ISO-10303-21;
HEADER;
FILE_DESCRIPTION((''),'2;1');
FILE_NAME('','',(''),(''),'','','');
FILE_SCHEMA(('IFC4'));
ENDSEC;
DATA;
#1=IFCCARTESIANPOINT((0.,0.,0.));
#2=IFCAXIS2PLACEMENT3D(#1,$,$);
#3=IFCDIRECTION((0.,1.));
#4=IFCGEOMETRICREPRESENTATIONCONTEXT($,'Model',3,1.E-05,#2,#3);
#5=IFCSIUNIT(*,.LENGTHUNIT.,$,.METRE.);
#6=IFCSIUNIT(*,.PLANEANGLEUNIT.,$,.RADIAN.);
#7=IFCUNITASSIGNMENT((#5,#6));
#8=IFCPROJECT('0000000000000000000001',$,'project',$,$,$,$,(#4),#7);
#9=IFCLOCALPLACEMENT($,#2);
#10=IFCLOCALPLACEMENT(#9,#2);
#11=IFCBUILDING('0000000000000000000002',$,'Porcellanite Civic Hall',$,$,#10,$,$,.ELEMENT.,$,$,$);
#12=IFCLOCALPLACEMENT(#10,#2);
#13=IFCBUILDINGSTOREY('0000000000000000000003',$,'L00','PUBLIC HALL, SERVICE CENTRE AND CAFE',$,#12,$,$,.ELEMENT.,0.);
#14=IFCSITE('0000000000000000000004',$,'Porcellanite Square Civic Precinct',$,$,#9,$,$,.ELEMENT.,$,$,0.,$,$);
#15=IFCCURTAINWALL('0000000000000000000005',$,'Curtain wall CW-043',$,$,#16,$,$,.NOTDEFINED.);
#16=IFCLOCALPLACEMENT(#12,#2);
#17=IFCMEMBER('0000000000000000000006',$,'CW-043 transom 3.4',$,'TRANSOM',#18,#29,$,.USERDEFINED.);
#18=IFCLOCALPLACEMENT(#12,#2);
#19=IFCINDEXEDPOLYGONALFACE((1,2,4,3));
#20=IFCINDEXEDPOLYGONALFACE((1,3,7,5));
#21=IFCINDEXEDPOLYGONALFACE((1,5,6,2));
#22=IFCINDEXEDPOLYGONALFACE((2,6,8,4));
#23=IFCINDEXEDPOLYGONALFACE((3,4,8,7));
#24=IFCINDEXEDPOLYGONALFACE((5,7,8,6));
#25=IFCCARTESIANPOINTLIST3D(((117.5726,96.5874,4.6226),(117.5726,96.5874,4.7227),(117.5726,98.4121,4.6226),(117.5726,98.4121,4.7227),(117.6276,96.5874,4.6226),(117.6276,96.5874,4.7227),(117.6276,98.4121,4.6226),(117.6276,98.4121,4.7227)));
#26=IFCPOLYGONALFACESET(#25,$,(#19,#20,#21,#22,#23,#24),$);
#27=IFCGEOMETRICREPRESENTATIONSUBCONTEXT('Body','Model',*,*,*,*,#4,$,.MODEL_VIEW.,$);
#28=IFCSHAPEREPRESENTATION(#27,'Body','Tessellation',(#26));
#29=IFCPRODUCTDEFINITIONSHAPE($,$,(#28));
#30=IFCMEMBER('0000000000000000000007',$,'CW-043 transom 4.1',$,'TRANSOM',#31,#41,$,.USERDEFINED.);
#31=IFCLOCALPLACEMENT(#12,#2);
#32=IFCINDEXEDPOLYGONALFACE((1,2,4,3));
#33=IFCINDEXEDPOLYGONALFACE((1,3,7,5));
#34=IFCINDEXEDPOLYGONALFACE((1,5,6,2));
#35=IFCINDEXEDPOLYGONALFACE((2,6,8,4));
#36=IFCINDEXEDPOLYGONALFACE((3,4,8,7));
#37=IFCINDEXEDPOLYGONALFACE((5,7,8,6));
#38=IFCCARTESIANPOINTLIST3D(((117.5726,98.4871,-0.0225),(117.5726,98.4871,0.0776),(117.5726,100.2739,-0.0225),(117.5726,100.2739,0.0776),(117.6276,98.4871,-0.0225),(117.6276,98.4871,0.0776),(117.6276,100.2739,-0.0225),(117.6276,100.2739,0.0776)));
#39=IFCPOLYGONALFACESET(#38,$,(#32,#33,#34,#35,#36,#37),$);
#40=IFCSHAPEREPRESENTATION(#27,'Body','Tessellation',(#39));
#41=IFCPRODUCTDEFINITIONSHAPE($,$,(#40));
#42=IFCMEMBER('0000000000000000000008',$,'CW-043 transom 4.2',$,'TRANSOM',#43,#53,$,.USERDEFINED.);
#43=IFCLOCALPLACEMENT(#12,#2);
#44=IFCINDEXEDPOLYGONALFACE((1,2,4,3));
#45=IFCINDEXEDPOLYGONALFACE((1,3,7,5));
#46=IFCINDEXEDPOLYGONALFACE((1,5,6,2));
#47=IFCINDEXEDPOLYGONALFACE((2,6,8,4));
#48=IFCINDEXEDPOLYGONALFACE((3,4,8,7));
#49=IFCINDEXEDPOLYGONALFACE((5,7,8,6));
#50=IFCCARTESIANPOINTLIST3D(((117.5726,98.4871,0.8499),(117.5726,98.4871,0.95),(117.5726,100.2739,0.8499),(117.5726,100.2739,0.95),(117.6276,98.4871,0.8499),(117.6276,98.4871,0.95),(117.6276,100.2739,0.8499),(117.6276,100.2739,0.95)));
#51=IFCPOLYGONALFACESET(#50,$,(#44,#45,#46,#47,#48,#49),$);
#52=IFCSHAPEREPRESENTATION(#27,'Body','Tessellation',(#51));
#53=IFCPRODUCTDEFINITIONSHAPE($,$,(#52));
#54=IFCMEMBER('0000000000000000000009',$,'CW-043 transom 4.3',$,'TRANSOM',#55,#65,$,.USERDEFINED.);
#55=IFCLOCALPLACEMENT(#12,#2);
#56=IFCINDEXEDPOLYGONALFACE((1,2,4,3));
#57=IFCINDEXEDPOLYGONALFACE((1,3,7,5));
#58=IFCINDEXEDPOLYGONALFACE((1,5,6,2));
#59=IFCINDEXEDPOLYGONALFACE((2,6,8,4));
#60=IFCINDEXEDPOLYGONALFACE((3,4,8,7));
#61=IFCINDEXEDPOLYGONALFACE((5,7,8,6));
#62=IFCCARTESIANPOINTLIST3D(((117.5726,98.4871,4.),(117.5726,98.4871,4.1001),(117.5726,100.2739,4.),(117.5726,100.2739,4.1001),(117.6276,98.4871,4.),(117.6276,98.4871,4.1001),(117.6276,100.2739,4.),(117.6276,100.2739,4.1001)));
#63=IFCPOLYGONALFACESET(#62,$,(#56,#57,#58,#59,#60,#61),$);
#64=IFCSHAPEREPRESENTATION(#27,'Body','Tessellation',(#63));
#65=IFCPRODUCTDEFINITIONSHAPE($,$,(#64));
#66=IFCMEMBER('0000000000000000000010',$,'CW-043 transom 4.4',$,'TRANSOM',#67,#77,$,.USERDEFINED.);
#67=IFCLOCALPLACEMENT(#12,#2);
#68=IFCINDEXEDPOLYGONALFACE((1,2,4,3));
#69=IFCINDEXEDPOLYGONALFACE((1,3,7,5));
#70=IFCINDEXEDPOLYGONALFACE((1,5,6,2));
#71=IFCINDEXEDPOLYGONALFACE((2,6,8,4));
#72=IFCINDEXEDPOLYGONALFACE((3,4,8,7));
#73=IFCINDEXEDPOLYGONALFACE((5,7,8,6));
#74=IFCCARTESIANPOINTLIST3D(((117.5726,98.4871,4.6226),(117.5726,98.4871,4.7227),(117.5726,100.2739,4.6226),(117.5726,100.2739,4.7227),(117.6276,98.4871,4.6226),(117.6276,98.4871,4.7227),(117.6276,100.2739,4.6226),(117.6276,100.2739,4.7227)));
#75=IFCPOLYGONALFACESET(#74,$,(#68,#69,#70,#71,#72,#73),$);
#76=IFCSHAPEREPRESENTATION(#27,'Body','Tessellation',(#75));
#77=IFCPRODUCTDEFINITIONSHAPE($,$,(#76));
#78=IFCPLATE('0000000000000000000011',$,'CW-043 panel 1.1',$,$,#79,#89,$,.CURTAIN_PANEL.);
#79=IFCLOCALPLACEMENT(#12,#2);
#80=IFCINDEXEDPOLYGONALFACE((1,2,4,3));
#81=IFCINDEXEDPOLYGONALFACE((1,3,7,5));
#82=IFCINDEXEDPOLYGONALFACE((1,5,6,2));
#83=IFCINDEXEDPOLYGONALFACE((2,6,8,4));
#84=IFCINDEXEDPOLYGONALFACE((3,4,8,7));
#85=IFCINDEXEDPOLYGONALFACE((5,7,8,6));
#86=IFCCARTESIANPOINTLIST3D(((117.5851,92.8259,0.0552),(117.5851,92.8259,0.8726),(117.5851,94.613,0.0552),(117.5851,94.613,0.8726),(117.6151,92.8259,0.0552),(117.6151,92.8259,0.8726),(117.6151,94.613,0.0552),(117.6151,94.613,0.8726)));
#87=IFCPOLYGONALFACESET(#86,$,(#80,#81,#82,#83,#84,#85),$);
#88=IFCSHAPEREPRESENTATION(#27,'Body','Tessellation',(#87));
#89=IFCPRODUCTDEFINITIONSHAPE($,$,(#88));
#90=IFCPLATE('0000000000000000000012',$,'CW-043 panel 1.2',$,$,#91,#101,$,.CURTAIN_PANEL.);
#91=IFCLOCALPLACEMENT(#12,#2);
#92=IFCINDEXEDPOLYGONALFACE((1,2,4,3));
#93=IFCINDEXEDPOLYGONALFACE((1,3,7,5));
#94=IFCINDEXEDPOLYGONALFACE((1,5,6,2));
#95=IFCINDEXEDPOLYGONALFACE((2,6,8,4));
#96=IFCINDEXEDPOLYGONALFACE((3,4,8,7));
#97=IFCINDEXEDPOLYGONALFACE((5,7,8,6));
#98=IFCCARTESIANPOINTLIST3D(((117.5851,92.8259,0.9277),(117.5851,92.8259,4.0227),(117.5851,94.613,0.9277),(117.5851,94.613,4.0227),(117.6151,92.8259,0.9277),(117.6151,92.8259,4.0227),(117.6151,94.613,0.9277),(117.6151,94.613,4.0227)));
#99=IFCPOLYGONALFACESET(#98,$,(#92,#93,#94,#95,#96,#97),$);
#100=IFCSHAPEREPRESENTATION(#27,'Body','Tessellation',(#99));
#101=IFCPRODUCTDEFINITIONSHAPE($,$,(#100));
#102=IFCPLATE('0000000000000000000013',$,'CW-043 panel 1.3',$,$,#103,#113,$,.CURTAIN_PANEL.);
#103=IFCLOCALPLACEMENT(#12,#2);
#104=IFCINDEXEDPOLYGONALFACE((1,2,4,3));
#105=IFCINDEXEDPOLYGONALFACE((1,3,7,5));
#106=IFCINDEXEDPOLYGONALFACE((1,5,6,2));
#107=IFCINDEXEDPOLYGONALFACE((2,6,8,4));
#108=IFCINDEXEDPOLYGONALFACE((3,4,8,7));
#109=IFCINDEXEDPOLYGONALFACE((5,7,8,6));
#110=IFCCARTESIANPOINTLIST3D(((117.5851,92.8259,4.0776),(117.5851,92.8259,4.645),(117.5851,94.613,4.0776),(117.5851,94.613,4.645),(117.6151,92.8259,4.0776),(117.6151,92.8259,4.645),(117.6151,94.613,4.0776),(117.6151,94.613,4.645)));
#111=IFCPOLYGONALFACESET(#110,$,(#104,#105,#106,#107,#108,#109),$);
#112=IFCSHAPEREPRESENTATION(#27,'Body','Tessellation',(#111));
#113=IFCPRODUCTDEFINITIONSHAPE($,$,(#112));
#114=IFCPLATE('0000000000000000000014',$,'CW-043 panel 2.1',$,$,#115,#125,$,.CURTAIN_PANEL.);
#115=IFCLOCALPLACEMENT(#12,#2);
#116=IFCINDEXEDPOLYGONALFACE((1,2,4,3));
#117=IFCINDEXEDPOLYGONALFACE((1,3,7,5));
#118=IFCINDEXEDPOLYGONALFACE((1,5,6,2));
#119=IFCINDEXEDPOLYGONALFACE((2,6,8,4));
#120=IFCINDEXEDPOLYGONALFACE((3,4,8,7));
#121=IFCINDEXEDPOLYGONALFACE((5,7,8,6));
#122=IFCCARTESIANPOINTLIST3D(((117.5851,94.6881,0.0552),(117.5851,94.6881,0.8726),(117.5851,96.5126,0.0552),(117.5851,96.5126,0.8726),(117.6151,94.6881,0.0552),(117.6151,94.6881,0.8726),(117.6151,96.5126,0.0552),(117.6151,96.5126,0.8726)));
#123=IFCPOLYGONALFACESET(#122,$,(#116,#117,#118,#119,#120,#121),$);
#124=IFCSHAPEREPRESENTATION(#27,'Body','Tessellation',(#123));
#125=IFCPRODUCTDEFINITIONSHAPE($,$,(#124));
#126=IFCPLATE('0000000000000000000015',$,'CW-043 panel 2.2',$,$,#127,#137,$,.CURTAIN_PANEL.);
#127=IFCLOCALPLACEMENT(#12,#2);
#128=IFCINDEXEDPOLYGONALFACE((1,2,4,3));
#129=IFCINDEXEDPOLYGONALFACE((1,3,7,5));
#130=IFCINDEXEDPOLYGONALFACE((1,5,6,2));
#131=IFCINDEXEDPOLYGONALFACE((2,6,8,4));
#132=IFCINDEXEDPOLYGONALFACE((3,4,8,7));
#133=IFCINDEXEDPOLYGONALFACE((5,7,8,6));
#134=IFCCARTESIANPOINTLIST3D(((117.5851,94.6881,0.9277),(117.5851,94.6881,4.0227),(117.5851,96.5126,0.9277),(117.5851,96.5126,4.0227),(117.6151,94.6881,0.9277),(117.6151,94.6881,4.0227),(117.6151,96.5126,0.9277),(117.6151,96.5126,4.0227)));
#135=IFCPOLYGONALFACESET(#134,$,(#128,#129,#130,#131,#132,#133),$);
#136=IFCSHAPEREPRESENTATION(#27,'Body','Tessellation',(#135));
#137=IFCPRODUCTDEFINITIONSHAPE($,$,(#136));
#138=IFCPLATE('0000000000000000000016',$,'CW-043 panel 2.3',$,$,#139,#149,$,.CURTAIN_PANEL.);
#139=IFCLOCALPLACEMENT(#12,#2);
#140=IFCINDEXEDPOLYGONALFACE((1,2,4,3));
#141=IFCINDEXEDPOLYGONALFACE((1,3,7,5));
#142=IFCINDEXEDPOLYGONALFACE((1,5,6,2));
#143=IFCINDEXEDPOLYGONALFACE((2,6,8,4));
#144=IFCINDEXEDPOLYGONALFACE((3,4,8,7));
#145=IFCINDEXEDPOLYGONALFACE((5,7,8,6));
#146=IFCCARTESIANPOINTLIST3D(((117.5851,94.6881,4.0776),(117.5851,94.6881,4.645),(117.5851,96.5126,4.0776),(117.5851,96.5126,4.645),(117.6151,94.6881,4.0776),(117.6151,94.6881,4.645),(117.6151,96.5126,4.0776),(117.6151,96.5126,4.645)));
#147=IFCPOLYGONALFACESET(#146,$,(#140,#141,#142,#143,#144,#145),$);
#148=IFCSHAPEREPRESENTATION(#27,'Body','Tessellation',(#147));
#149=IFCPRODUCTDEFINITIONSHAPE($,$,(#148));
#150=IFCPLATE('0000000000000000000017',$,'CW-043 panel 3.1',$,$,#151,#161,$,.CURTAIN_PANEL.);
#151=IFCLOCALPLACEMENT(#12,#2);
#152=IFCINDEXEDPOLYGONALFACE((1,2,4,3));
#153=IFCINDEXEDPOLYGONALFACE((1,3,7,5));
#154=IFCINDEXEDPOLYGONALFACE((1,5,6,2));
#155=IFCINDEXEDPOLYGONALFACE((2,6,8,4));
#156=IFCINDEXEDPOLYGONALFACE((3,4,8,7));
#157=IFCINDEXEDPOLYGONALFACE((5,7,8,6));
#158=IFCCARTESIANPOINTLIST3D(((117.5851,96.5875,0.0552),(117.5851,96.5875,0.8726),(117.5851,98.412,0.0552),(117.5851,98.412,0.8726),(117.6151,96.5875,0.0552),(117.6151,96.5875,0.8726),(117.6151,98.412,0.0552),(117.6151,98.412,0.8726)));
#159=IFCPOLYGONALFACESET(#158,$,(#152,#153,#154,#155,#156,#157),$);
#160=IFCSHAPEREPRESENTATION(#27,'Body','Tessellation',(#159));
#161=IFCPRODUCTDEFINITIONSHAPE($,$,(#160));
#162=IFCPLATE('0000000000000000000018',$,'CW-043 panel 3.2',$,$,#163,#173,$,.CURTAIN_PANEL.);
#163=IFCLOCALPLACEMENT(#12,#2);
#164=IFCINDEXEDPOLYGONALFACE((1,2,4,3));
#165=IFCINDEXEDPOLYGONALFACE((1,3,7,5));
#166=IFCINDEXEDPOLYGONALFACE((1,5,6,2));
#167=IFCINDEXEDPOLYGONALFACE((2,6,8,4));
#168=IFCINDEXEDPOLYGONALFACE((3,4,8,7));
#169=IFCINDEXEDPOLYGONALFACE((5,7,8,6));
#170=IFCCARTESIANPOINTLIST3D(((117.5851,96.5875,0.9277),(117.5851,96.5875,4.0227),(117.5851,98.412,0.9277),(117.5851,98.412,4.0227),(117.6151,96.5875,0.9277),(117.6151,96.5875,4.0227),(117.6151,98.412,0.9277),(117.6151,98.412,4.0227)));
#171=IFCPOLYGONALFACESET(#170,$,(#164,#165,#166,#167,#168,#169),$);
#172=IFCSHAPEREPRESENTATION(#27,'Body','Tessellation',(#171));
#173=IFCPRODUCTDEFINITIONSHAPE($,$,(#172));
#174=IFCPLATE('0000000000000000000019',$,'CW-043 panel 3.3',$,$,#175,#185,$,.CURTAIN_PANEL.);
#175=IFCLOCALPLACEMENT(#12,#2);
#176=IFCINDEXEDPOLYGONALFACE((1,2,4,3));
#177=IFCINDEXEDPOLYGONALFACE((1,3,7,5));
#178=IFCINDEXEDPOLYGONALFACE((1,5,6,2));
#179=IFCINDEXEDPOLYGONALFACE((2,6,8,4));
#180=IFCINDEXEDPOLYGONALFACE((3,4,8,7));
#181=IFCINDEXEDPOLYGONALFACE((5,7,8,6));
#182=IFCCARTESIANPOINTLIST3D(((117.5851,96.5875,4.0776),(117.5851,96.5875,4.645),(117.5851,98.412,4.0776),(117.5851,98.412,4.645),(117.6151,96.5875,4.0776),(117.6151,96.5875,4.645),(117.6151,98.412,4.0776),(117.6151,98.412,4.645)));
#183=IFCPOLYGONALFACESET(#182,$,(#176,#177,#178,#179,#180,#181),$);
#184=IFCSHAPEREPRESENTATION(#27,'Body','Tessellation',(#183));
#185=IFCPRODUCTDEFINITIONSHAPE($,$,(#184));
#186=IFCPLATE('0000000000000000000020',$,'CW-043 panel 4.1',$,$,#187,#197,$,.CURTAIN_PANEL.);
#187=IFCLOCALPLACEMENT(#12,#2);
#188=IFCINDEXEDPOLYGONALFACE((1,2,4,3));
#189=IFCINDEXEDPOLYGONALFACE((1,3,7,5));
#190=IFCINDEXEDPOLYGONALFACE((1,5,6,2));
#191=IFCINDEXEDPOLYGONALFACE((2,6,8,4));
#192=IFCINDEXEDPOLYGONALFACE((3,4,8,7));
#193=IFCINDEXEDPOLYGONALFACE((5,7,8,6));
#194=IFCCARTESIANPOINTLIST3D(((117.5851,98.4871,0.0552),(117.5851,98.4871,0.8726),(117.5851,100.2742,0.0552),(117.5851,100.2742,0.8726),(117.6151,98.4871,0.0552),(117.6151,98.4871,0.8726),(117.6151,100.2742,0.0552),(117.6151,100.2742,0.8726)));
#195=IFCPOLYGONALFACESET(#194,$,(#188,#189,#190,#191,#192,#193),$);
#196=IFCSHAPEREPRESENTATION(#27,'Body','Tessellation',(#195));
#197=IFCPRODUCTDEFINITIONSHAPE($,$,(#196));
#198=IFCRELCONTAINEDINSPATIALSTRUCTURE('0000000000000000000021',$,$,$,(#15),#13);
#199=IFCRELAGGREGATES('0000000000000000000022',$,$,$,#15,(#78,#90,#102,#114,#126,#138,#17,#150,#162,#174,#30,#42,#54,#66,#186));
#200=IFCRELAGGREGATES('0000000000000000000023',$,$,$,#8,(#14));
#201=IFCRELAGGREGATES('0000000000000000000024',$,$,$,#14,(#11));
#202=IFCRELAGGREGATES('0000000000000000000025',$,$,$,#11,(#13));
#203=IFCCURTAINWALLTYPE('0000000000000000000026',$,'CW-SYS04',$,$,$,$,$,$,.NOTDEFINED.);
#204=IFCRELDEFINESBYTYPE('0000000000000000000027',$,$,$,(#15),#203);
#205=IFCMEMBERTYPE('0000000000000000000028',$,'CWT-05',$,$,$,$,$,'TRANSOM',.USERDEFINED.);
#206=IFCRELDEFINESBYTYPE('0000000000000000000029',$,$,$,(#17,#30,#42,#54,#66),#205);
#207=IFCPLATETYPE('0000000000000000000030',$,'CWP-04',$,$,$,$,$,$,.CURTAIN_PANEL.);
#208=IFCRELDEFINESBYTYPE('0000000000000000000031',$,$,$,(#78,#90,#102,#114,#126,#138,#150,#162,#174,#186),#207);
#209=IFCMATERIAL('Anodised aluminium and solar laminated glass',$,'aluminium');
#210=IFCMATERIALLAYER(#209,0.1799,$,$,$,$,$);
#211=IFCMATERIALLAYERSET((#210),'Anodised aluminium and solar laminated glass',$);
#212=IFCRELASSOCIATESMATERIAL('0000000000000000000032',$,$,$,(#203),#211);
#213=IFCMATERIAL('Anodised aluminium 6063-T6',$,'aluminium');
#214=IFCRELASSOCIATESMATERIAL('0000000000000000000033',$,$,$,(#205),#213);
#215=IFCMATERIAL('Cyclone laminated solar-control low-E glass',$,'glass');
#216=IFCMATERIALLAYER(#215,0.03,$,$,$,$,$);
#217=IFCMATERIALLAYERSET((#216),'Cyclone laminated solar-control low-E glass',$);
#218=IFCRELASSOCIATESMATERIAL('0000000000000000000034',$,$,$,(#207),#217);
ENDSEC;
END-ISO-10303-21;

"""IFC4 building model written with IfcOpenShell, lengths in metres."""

from ifc_helpers import new_model, si_unit, direction, frame, origin, origin_2d, place, context, subcontext, project, spatial, rectangle, extrude, material, layer, layer_set, material_profile, profile_set, type_object, element, aggregate, save


model = new_model("IFC4")

# Units and contexts
model_context = context("Model", 3, precision=1e-05, world=origin(), true_north=direction((0.0, 1.0)))
body_context = subcontext(model_context, "Body", "Model", "MODEL_VIEW")
ifc_project = project(units=[si_unit("LENGTHUNIT", "METRE"), si_unit("PLANEANGLEUNIT", "RADIAN")], contexts=[model_context])

# Site, building, storey
site_placement = place(None, origin())
site = spatial("IfcSite", under=ifc_project, at=site_placement, Name="Porcellanite Square Civic Precinct", CompositionType="ELEMENT", RefElevation=0.0)
building_placement = place(site_placement, origin())
building = spatial("IfcBuilding", under=site, at=building_placement, Name="Porcellanite Civic Hall", CompositionType="ELEMENT")
storey_placement = place(building_placement, origin())
storey = spatial("IfcBuildingStorey", under=building, at=storey_placement, Name="L00", Description="PUBLIC HALL, SERVICE CENTRE AND CAFE", CompositionType="ELEMENT", Elevation=0.0)

# Curtain wall, members, plates
ifc_material_1 = material(Name="Anodised aluminium and solar laminated glass", Category="aluminium")
ifc_layer_1 = layer(ifc_material_1, 0.1799)
ifc_layer_set_1 = layer_set([ifc_layer_1], Name="Anodised aluminium and solar laminated glass")
curtain_wall_type = type_object("IfcCurtainWallType", Name="CW-SYS04", PredefinedType="NOTDEFINED", material=ifc_layer_set_1)
curtain_wall_placement = place(storey_placement, origin())
curtain_wall = element("IfcCurtainWall", 1, at=curtain_wall_placement, inside=storey, type_object=curtain_wall_type, Name="Curtain wall CW-043", PredefinedType="NOTDEFINED")
ifc_material_2 = material(Name="Anodised aluminium 6063-T6", Category="aluminium")
ifc_material_profile_1 = material_profile(ifc_material_2, rectangle(XDim=0.0549, YDim=0.1001, at=origin_2d()), Name="AL-55x100")
ifc_profile_set_1 = profile_set([ifc_material_profile_1], Name="Anodised aluminium 6063-T6")
member_type_1 = type_object("IfcMemberType", Name="CWT-05", ElementType="TRANSOM", PredefinedType="USERDEFINED", material=ifc_profile_set_1)
member_1_placement = place(storey_placement, frame((117.6001, 96.5874, 4.6726), z_axis=(0.0, 1.0, 0.0), x_axis=(-1.0, 0.0, 0.0)))
member_1 = element("IfcMember", 2, at=member_1_placement, type_object=member_type_1, Name="CW-043 transom 3.4", ObjectType="TRANSOM", PredefinedType="USERDEFINED", context=body_context, shape_type="SweptSolid", body=[
    extrude(rectangle(XDim=0.0549, YDim=0.1001, at=origin_2d()), origin(), (0.0, 0.0, 1.0), 1.8247),
])
member_2_placement = place(storey_placement, frame((117.6001, 98.4871, 0.0276), z_axis=(0.0, 1.0, 0.0), x_axis=(-1.0, 0.0, 0.0)))
member_2 = element("IfcMember", 3, at=member_2_placement, type_object=member_type_1, Name="CW-043 transom 4.1", ObjectType="TRANSOM", PredefinedType="USERDEFINED", context=body_context, shape_type="SweptSolid", body=[
    extrude(rectangle(XDim=0.0549, YDim=0.1001, at=origin_2d()), origin(), (0.0, 0.0, 1.0), 1.7869),
])
member_3_placement = place(storey_placement, frame((117.6001, 98.4871, 0.8999), z_axis=(0.0, 1.0, 0.0), x_axis=(-1.0, 0.0, 0.0)))
member_3 = element("IfcMember", 4, at=member_3_placement, type_object=member_type_1, Name="CW-043 transom 4.2", ObjectType="TRANSOM", PredefinedType="USERDEFINED", context=body_context, shape_type="SweptSolid", body=[
    extrude(rectangle(XDim=0.0549, YDim=0.1001, at=origin_2d()), origin(), (0.0, 0.0, 1.0), 1.7869),
])
member_4_placement = place(storey_placement, frame((117.6001, 98.4871, 4.05), z_axis=(0.0, 1.0, 0.0), x_axis=(-1.0, 0.0, 0.0)))
member_4 = element("IfcMember", 5, at=member_4_placement, type_object=member_type_1, Name="CW-043 transom 4.3", ObjectType="TRANSOM", PredefinedType="USERDEFINED", context=body_context, shape_type="SweptSolid", body=[
    extrude(rectangle(XDim=0.0549, YDim=0.1001, at=origin_2d()), origin(), (0.0, 0.0, 1.0), 1.7869),
])
member_5_placement = place(storey_placement, frame((117.6001, 98.4871, 4.6726), z_axis=(0.0, 1.0, 0.0), x_axis=(-1.0, 0.0, 0.0)))
member_5 = element("IfcMember", 6, at=member_5_placement, type_object=member_type_1, Name="CW-043 transom 4.4", ObjectType="TRANSOM", PredefinedType="USERDEFINED", context=body_context, shape_type="SweptSolid", body=[
    extrude(rectangle(XDim=0.0549, YDim=0.1001, at=origin_2d()), origin(), (0.0, 0.0, 1.0), 1.7869),
])
ifc_material_3 = material(Name="Cyclone laminated solar-control low-E glass", Category="glass")
ifc_layer_2 = layer(ifc_material_3, 0.03)
ifc_layer_set_2 = layer_set([ifc_layer_2], Name="Cyclone laminated solar-control low-E glass")
plate_type = type_object("IfcPlateType", Name="CWP-04", PredefinedType="CURTAIN_PANEL", material=ifc_layer_set_2)
plate_1_placement = place(storey_placement, frame((117.6001, 93.7195, 0.0552), z_axis=(0.0, 0.0, 1.0), x_axis=(0.0, 1.0, 0.0)))
plate_1 = element("IfcPlate", 7, at=plate_1_placement, type_object=plate_type, Name="CW-043 panel 1.1", PredefinedType="CURTAIN_PANEL", context=body_context, shape_type="SweptSolid", body=[
    extrude(rectangle(XDim=1.7871, YDim=0.03, at=origin_2d()), origin(), (0.0, 0.0, 1.0), 0.8174),
])
plate_2_placement = place(storey_placement, frame((117.6001, 93.7195, 0.9277), z_axis=(0.0, 0.0, 1.0), x_axis=(0.0, 1.0, 0.0)))
plate_2 = element("IfcPlate", 8, at=plate_2_placement, type_object=plate_type, Name="CW-043 panel 1.2", PredefinedType="CURTAIN_PANEL", context=body_context, shape_type="SweptSolid", body=[
    extrude(rectangle(XDim=1.7871, YDim=0.03, at=origin_2d()), origin(), (0.0, 0.0, 1.0), 3.095),
])
plate_3_placement = place(storey_placement, frame((117.6001, 93.7195, 4.0776), z_axis=(0.0, 0.0, 1.0), x_axis=(0.0, 1.0, 0.0)))
plate_3 = element("IfcPlate", 9, at=plate_3_placement, type_object=plate_type, Name="CW-043 panel 1.3", PredefinedType="CURTAIN_PANEL", context=body_context, shape_type="SweptSolid", body=[
    extrude(rectangle(XDim=1.7871, YDim=0.03, at=origin_2d()), origin(), (0.0, 0.0, 1.0), 0.5674),
])
plate_4_placement = place(storey_placement, frame((117.6001, 95.6003, 0.0552), z_axis=(0.0, 0.0, 1.0), x_axis=(0.0, 1.0, 0.0)))
plate_4 = element("IfcPlate", 10, at=plate_4_placement, type_object=plate_type, Name="CW-043 panel 2.1", PredefinedType="CURTAIN_PANEL", context=body_context, shape_type="SweptSolid", body=[
    extrude(rectangle(XDim=1.8245, YDim=0.03, at=origin_2d()), origin(), (0.0, 0.0, 1.0), 0.8174),
])
plate_5_placement = place(storey_placement, frame((117.6001, 95.6003, 0.9277), z_axis=(0.0, 0.0, 1.0), x_axis=(0.0, 1.0, 0.0)))
plate_5 = element("IfcPlate", 11, at=plate_5_placement, type_object=plate_type, Name="CW-043 panel 2.2", PredefinedType="CURTAIN_PANEL", context=body_context, shape_type="SweptSolid", body=[
    extrude(rectangle(XDim=1.8245, YDim=0.03, at=origin_2d()), origin(), (0.0, 0.0, 1.0), 3.095),
])
plate_6_placement = place(storey_placement, frame((117.6001, 95.6003, 4.0776), z_axis=(0.0, 0.0, 1.0), x_axis=(0.0, 1.0, 0.0)))
plate_6 = element("IfcPlate", 12, at=plate_6_placement, type_object=plate_type, Name="CW-043 panel 2.3", PredefinedType="CURTAIN_PANEL", context=body_context, shape_type="SweptSolid", body=[
    extrude(rectangle(XDim=1.8245, YDim=0.03, at=origin_2d()), origin(), (0.0, 0.0, 1.0), 0.5674),
])
plate_7_placement = place(storey_placement, frame((117.6001, 97.4998, 0.0552), z_axis=(0.0, 0.0, 1.0), x_axis=(0.0, 1.0, 0.0)))
plate_7 = element("IfcPlate", 13, at=plate_7_placement, type_object=plate_type, Name="CW-043 panel 3.1", PredefinedType="CURTAIN_PANEL", context=body_context, shape_type="SweptSolid", body=[
    extrude(rectangle(XDim=1.8245, YDim=0.03, at=origin_2d()), origin(), (0.0, 0.0, 1.0), 0.8174),
])
plate_8_placement = place(storey_placement, frame((117.6001, 97.4998, 0.9277), z_axis=(0.0, 0.0, 1.0), x_axis=(0.0, 1.0, 0.0)))
plate_8 = element("IfcPlate", 14, at=plate_8_placement, type_object=plate_type, Name="CW-043 panel 3.2", PredefinedType="CURTAIN_PANEL", context=body_context, shape_type="SweptSolid", body=[
    extrude(rectangle(XDim=1.8245, YDim=0.03, at=origin_2d()), origin(), (0.0, 0.0, 1.0), 3.095),
])
plate_9_placement = place(storey_placement, frame((117.6001, 97.4998, 4.0776), z_axis=(0.0, 0.0, 1.0), x_axis=(0.0, 1.0, 0.0)))
plate_9 = element("IfcPlate", 15, at=plate_9_placement, type_object=plate_type, Name="CW-043 panel 3.3", PredefinedType="CURTAIN_PANEL", context=body_context, shape_type="SweptSolid", body=[
    extrude(rectangle(XDim=1.8245, YDim=0.03, at=origin_2d()), origin(), (0.0, 0.0, 1.0), 0.5674),
])
plate_10_placement = place(storey_placement, frame((117.6001, 99.3806, 0.0552), z_axis=(0.0, 0.0, 1.0), x_axis=(0.0, 1.0, 0.0)))
plate_10 = element("IfcPlate", 16, at=plate_10_placement, type_object=plate_type, Name="CW-043 panel 4.1", PredefinedType="CURTAIN_PANEL", context=body_context, shape_type="SweptSolid", body=[
    extrude(rectangle(XDim=1.7871, YDim=0.03, at=origin_2d()), origin(), (0.0, 0.0, 1.0), 0.8174),
])
aggregate(curtain_wall, [plate_1, plate_2, plate_3, plate_4, plate_5, plate_6, member_1, plate_7, plate_8, plate_9, member_2, member_3, member_4, member_5, plate_10])

save(model, "model.ifc")
